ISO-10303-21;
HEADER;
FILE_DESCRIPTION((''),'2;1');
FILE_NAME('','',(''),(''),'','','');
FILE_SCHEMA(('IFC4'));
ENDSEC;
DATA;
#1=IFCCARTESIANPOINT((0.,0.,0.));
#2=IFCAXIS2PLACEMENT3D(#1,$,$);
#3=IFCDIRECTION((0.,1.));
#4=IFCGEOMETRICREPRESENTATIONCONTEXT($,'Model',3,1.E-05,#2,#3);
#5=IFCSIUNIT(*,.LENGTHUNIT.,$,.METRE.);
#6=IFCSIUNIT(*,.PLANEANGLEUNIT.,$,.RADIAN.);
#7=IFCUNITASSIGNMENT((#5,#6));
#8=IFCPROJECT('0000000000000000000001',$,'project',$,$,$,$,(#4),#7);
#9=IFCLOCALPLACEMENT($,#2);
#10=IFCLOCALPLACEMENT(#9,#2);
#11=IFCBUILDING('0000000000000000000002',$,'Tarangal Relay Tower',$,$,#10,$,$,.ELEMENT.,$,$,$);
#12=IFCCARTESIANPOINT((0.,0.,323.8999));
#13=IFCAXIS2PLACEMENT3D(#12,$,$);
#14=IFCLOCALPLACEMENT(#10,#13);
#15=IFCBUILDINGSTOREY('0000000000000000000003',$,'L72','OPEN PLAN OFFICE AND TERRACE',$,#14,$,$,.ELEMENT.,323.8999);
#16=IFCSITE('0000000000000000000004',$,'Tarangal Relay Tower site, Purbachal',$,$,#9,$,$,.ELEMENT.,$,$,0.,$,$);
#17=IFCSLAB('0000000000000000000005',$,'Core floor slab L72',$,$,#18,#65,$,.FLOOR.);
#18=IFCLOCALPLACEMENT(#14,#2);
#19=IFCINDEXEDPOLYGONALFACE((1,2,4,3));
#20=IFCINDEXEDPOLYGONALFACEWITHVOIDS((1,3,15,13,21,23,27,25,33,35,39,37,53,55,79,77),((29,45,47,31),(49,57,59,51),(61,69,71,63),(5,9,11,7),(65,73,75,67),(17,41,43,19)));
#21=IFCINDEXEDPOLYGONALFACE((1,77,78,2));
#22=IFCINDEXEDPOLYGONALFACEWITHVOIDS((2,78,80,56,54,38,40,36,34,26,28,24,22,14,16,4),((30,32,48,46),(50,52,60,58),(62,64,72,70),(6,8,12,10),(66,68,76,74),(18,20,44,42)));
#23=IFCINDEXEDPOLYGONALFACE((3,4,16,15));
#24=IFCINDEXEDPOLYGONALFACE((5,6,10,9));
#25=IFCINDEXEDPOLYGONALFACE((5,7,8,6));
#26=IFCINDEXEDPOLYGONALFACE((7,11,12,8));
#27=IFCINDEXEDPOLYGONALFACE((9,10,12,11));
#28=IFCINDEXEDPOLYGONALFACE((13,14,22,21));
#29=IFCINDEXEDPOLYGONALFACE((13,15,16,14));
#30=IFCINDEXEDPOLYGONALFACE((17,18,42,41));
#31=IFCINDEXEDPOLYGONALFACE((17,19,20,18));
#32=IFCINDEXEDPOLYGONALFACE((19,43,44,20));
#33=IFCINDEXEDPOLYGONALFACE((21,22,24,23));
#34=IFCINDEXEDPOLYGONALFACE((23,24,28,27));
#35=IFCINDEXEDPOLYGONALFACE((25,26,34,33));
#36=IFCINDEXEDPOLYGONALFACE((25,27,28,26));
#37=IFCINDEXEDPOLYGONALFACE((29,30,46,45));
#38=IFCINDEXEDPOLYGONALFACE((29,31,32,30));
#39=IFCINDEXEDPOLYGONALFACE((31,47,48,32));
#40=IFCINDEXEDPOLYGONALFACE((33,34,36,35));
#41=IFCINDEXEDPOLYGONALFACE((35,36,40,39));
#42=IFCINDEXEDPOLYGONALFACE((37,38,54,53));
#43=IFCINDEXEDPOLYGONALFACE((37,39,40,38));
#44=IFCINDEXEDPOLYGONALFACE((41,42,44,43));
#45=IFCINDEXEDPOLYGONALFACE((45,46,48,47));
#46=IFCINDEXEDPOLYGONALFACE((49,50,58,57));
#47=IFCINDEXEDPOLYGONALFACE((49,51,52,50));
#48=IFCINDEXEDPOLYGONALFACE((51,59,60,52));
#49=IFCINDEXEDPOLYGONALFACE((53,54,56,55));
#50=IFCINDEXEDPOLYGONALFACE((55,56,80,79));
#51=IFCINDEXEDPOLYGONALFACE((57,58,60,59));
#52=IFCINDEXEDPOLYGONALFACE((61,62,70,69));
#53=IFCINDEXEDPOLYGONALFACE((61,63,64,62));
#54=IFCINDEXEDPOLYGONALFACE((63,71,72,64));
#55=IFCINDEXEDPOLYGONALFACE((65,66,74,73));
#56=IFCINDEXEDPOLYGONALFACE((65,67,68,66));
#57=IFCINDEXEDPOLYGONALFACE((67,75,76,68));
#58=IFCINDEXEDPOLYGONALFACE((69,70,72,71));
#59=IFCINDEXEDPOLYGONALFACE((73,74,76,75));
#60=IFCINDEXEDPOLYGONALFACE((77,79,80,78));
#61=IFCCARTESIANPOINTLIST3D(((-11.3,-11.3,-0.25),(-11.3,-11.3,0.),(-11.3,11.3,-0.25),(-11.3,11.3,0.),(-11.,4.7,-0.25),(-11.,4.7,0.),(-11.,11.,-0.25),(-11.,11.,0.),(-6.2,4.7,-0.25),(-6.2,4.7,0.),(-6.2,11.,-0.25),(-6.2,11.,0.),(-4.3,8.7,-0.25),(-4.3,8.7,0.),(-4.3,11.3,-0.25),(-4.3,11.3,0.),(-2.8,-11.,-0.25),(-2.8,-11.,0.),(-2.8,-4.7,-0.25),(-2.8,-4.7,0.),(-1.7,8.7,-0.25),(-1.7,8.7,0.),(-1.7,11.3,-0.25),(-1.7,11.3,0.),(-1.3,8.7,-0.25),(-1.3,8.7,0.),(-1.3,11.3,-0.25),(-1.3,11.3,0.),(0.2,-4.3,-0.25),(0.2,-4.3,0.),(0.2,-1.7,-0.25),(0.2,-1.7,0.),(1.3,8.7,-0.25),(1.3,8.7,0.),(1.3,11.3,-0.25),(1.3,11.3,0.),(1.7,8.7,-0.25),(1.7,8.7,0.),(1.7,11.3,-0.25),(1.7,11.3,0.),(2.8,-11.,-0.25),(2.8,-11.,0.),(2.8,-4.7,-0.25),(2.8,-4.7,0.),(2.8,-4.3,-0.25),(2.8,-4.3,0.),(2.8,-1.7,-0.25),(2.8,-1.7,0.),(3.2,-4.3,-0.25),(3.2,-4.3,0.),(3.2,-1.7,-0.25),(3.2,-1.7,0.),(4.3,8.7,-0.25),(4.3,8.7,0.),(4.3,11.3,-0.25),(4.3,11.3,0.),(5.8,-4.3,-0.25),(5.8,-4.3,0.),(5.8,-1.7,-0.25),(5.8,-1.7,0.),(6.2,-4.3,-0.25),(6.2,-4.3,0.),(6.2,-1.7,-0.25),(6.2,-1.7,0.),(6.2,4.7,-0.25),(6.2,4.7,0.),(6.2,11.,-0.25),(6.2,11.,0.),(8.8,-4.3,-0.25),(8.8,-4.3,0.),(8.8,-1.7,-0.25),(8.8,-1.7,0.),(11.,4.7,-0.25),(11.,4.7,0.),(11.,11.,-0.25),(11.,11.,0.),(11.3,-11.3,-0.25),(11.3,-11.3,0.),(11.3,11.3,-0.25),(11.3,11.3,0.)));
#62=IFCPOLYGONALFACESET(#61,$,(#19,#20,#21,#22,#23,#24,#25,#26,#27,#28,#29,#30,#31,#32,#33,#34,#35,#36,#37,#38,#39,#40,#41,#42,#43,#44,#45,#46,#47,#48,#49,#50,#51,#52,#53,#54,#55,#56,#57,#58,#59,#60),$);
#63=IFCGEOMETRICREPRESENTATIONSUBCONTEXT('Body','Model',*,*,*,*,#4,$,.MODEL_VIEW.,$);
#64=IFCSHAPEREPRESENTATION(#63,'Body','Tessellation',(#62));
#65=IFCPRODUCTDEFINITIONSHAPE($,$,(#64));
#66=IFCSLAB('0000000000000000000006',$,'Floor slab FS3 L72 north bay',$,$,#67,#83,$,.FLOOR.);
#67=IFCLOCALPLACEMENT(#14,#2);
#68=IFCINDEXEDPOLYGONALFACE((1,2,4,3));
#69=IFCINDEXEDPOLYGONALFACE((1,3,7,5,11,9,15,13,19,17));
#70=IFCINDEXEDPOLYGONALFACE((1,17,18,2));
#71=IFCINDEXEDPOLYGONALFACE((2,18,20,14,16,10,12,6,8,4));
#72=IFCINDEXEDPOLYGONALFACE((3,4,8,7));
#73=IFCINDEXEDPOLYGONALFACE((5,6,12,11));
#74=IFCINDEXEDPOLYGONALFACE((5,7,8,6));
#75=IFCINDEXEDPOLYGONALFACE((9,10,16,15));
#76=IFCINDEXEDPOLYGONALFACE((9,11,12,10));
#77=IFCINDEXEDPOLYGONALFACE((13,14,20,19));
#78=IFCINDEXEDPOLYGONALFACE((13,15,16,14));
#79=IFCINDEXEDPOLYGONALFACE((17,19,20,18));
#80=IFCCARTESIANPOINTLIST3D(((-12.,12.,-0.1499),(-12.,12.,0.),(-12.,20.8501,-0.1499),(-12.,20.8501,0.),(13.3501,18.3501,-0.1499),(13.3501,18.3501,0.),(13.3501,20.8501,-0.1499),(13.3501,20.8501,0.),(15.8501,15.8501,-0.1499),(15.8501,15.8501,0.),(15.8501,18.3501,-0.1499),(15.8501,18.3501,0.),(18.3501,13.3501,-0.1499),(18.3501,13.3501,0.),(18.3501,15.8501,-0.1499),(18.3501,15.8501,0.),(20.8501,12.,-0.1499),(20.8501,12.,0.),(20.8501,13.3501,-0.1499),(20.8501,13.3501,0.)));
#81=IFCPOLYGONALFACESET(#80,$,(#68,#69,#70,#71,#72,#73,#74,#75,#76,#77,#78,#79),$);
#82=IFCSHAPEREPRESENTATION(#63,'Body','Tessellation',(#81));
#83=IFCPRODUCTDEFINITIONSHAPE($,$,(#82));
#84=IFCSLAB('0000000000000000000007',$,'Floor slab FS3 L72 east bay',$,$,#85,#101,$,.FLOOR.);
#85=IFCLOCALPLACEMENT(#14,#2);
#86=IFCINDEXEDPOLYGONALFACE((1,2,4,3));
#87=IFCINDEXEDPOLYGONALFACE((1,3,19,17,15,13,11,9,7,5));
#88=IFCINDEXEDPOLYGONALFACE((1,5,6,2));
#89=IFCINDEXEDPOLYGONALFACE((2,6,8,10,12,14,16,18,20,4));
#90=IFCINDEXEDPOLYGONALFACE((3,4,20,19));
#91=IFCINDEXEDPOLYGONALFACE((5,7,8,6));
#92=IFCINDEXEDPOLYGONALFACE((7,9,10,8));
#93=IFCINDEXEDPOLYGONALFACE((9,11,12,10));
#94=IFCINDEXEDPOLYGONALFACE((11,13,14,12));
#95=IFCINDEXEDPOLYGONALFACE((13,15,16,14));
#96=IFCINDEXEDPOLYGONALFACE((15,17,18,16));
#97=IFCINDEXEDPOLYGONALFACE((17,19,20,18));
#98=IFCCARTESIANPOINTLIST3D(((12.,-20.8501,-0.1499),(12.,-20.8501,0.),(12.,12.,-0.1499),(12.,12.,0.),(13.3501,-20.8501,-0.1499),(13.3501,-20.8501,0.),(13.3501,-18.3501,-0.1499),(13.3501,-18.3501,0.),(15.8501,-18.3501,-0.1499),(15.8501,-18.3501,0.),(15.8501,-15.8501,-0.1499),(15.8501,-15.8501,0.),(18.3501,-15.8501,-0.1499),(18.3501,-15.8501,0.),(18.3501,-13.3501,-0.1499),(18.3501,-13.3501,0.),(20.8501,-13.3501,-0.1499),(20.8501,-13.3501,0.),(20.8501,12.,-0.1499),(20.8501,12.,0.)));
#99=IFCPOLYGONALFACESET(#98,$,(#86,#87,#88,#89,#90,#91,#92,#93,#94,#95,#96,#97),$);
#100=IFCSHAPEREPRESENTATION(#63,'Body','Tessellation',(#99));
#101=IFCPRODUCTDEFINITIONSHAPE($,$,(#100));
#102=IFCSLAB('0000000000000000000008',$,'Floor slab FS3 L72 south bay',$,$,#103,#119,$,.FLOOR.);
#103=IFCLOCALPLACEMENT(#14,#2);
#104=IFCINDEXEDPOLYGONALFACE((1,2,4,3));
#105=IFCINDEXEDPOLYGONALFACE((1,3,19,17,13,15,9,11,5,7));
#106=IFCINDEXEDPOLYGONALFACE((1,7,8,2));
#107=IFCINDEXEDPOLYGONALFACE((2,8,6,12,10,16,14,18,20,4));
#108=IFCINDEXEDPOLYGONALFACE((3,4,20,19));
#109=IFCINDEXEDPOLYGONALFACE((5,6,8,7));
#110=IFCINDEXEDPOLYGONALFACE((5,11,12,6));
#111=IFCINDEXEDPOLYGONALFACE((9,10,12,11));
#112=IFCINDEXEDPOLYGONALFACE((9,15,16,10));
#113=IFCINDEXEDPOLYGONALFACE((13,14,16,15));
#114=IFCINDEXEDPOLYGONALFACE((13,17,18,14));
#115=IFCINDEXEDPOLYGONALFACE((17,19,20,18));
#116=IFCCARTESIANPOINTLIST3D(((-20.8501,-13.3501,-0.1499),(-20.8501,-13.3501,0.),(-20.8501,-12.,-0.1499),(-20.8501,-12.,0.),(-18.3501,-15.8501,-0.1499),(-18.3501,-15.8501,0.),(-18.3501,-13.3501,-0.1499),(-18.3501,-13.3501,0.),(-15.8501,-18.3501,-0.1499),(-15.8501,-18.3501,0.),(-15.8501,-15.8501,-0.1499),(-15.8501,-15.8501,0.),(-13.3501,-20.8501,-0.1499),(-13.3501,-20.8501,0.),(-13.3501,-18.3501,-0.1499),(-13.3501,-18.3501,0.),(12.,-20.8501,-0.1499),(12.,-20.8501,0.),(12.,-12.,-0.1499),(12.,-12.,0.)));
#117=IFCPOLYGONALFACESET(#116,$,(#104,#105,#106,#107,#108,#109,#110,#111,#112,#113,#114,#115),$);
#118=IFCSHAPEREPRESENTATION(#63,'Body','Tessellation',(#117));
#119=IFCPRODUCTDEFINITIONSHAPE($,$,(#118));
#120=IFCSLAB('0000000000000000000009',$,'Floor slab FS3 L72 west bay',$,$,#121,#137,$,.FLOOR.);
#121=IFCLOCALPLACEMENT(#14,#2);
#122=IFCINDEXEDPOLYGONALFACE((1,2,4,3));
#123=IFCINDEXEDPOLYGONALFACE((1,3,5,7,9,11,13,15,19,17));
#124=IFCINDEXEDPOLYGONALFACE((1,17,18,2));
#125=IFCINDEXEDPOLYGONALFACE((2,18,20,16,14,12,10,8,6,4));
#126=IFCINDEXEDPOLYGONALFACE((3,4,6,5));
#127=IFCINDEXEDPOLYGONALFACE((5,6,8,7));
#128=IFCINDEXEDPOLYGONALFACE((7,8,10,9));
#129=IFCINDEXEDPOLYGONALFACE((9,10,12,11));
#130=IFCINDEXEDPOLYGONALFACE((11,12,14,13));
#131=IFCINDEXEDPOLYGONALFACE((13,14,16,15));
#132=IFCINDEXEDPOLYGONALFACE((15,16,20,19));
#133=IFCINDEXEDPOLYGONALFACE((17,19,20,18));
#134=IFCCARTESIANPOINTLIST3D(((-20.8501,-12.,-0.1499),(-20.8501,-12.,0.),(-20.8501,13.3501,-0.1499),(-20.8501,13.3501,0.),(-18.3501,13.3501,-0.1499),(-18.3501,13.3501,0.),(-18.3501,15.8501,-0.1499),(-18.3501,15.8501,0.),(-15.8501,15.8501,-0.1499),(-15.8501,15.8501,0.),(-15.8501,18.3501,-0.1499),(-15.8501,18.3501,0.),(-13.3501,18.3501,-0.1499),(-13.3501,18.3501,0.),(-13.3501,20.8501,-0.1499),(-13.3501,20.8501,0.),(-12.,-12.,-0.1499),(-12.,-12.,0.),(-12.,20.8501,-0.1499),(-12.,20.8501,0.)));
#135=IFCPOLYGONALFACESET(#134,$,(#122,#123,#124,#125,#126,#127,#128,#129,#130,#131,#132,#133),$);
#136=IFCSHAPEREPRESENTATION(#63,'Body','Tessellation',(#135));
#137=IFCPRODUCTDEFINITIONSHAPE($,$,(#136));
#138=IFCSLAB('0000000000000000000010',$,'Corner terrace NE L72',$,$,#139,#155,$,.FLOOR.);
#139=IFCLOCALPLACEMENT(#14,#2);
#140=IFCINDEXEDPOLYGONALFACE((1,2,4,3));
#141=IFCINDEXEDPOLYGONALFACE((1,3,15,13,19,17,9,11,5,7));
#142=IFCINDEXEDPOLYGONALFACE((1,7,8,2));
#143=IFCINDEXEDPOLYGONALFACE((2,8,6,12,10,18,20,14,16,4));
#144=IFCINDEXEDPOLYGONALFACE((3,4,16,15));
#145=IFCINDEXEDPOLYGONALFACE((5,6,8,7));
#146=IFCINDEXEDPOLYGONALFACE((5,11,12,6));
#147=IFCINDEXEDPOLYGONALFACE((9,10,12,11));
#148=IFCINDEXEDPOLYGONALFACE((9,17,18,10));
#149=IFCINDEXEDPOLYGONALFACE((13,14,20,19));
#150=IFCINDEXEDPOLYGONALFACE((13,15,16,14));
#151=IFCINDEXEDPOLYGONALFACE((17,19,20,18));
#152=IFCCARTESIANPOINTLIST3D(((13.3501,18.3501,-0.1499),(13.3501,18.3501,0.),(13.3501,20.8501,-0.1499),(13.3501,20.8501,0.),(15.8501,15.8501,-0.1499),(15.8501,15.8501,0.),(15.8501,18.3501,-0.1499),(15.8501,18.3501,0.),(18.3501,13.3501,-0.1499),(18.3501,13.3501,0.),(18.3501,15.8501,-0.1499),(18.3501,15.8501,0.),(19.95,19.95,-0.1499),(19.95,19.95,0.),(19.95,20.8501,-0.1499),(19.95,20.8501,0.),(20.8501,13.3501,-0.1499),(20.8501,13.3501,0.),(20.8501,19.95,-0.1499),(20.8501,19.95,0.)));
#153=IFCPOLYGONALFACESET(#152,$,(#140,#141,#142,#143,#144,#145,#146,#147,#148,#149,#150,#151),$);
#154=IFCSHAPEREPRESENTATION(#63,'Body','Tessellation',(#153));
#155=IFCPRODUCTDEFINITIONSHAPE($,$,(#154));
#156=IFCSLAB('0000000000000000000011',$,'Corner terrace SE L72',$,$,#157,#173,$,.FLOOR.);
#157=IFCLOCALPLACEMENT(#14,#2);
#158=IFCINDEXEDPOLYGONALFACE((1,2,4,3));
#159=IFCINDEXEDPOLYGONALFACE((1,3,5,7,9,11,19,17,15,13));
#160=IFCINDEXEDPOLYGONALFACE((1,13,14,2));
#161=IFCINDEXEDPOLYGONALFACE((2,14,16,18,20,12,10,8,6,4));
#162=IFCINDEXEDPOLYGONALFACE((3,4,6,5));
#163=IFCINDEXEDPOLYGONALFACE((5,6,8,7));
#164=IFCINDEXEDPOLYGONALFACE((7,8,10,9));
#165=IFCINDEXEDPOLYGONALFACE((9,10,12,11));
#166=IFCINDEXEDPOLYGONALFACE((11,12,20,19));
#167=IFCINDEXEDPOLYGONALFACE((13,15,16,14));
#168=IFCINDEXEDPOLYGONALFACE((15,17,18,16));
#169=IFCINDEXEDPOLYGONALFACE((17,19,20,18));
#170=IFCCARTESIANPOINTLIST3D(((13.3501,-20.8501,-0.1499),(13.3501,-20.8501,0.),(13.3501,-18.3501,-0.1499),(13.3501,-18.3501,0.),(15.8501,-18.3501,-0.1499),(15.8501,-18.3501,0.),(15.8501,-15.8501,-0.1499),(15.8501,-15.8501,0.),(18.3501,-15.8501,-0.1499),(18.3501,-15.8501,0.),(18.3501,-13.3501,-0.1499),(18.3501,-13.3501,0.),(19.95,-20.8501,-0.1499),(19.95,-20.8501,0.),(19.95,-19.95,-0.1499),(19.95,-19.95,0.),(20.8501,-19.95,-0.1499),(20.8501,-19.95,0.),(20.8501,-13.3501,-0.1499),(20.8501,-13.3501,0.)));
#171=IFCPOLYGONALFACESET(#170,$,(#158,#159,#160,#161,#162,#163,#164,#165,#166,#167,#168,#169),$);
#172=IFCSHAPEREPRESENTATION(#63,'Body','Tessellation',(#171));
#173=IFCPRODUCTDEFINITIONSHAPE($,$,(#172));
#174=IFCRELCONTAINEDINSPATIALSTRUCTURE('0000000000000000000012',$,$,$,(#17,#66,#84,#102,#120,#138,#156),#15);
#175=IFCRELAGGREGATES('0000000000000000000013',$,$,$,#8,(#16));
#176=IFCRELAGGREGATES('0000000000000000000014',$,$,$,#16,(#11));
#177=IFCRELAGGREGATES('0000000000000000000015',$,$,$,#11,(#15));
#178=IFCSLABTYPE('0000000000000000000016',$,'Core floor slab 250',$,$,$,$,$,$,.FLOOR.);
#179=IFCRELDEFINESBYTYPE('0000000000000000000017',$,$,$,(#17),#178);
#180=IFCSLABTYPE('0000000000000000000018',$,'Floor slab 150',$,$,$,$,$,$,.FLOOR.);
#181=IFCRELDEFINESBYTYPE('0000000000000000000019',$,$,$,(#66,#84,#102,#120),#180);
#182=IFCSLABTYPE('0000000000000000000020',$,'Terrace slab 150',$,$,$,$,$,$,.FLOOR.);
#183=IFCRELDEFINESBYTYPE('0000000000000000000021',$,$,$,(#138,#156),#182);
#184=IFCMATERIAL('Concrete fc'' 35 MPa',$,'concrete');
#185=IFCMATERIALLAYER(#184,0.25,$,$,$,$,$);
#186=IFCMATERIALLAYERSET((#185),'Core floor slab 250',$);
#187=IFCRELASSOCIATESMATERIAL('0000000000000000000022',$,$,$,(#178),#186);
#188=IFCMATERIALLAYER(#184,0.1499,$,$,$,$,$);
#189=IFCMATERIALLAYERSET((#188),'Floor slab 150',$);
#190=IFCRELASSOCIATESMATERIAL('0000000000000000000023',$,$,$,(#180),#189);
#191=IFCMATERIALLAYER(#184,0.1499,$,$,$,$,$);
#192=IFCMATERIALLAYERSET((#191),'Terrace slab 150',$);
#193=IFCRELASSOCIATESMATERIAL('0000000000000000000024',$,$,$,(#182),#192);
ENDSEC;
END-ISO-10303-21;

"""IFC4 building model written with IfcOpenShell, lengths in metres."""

from ifc_helpers import new_model, si_unit, direction, frame, origin, place, context, subcontext, project, spatial, polyline, outline, extrude, material, layer, layer_set, type_object, element, save


model = new_model("IFC4")

# Units and contexts
model_context = context("Model", 3, precision=1e-05, world=origin(), true_north=direction((0.0, 1.0)))
body_context = subcontext(model_context, "Body", "Model", "MODEL_VIEW")
ifc_project = project(units=[si_unit("LENGTHUNIT", "METRE"), si_unit("PLANEANGLEUNIT", "RADIAN")], contexts=[model_context])

# Site, building, storey
site_placement = place(None, origin())
site = spatial("IfcSite", under=ifc_project, at=site_placement, Name="Tarangal Relay Tower site, Purbachal", CompositionType="ELEMENT", RefElevation=0.0)
building_placement = place(site_placement, origin())
building = spatial("IfcBuilding", under=site, at=building_placement, Name="Tarangal Relay Tower", CompositionType="ELEMENT")
storey_placement = place(building_placement, frame((0.0, 0.0, 323.8999)))
storey = spatial("IfcBuildingStorey", under=building, at=storey_placement, Name="L72", Description="OPEN PLAN OFFICE AND TERRACE", CompositionType="ELEMENT", Elevation=323.8999)

# Slabs
ifc_material_1 = material(Name="Concrete fc' 35 MPa", Category="concrete")
ifc_layer_1 = layer(ifc_material_1, 0.25)
ifc_layer_set_1 = layer_set([ifc_layer_1], Name="Core floor slab 250")
slab_type_1 = type_object("IfcSlabType", Name="Core floor slab 250", PredefinedType="FLOOR", material=ifc_layer_set_1)
slab_1_placement = place(storey_placement, frame((0.0, 0.0, -0.25)))
element("IfcSlab", 1, at=slab_1_placement, inside=storey, type_object=slab_type_1, Name="Core floor slab L72", PredefinedType="FLOOR", context=body_context, shape_type="SweptSolid", body=[
    extrude(outline(polyline([(11.3, 11.3), (11.3, -11.3), (-11.3, -11.3), (-11.3, 11.3), (-4.3, 11.3), (-4.3, 8.7), (-1.7, 8.7), (-1.7, 11.3), (-1.3, 11.3), (-1.3, 8.7), (1.3, 8.7), (1.3, 11.3), (1.7, 11.3), (1.7, 8.7), (4.3, 8.7), (4.3, 11.3), (11.3, 11.3)]), holes=[polyline([(2.8, -4.7), (-2.8, -4.7), (-2.8, -11.0), (2.8, -11.0), (2.8, -4.7)]), polyline([(2.8, -1.7), (0.2, -1.7), (0.2, -4.3), (2.8, -4.3), (2.8, -1.7)]), polyline([(5.8, -1.7), (3.2, -1.7), (3.2, -4.3), (5.8, -4.3), (5.8, -1.7)]), polyline([(8.8, -1.7), (6.2, -1.7), (6.2, -4.3), (8.8, -4.3), (8.8, -1.7)]), polyline([(-6.2, 11.0), (-11.0, 11.0), (-11.0, 4.7), (-6.2, 4.7), (-6.2, 11.0)]), polyline([(11.0, 11.0), (6.2, 11.0), (6.2, 4.7), (11.0, 4.7), (11.0, 11.0)])]), origin(), (0.0, 0.0, 1.0), 0.25),
])
ifc_layer_2 = layer(ifc_material_1, 0.1499)
ifc_layer_set_2 = layer_set([ifc_layer_2], Name="Floor slab 150")
slab_type_2 = type_object("IfcSlabType", Name="Floor slab 150", PredefinedType="FLOOR", material=ifc_layer_set_2)
slab_2_placement = place(storey_placement, frame((0.0, 0.0, -0.1499)))
element("IfcSlab", 2, at=slab_2_placement, inside=storey, type_object=slab_type_2, Name="Floor slab FS3 L72 north bay", PredefinedType="FLOOR", context=body_context, shape_type="SweptSolid", body=[
    extrude(outline(polyline([(13.3501, 20.8501), (13.3501, 18.3501), (15.8501, 18.3501), (15.8501, 15.8501), (18.3501, 15.8501), (18.3501, 13.3501), (20.8501, 13.3501), (20.8501, 12.0), (-12.0, 12.0), (-12.0, 20.8501), (13.3501, 20.8501)])), origin(), (0.0, 0.0, 1.0), 0.1499),
])
slab_3_placement = place(storey_placement, frame((0.0, 0.0, -0.1499)))
element("IfcSlab", 3, at=slab_3_placement, inside=storey, type_object=slab_type_2, Name="Floor slab FS3 L72 east bay", PredefinedType="FLOOR", context=body_context, shape_type="SweptSolid", body=[
    extrude(outline(polyline([(20.8501, -13.3501), (18.3501, -13.3501), (18.3501, -15.8501), (15.8501, -15.8501), (15.8501, -18.3501), (13.3501, -18.3501), (13.3501, -20.8501), (12.0, -20.8501), (12.0, 12.0), (20.8501, 12.0), (20.8501, -13.3501)])), origin(), (0.0, 0.0, 1.0), 0.1499),
])
slab_4_placement = place(storey_placement, frame((0.0, 0.0, -0.1499)))
element("IfcSlab", 4, at=slab_4_placement, inside=storey, type_object=slab_type_2, Name="Floor slab FS3 L72 south bay", PredefinedType="FLOOR", context=body_context, shape_type="SweptSolid", body=[
    extrude(outline(polyline([(-13.3501, -20.8501), (-13.3501, -18.3501), (-15.8501, -18.3501), (-15.8501, -15.8501), (-18.3501, -15.8501), (-18.3501, -13.3501), (-20.8501, -13.3501), (-20.8501, -12.0), (12.0, -12.0), (12.0, -20.8501), (-13.3501, -20.8501)])), origin(), (0.0, 0.0, 1.0), 0.1499),
])
slab_5_placement = place(storey_placement, frame((0.0, 0.0, -0.1499)))
element("IfcSlab", 5, at=slab_5_placement, inside=storey, type_object=slab_type_2, Name="Floor slab FS3 L72 west bay", PredefinedType="FLOOR", context=body_context, shape_type="SweptSolid", body=[
    extrude(outline(polyline([(-12.0, 20.8501), (-12.0, -12.0), (-20.8501, -12.0), (-20.8501, 13.3501), (-18.3501, 13.3501), (-18.3501, 15.8501), (-15.8501, 15.8501), (-15.8501, 18.3501), (-13.3501, 18.3501), (-13.3501, 20.8501), (-12.0, 20.8501)])), origin(), (0.0, 0.0, 1.0), 0.1499),
])
ifc_layer_3 = layer(ifc_material_1, 0.1499)
ifc_layer_set_3 = layer_set([ifc_layer_3], Name="Terrace slab 150")
slab_type_3 = type_object("IfcSlabType", Name="Terrace slab 150", PredefinedType="FLOOR", material=ifc_layer_set_3)
slab_6_placement = place(storey_placement, frame((0.0, 0.0, -0.1499)))
element("IfcSlab", 6, at=slab_6_placement, inside=storey, type_object=slab_type_3, Name="Corner terrace NE L72", PredefinedType="FLOOR", context=body_context, shape_type="SweptSolid", body=[
    extrude(outline(polyline([(13.3501, 20.8501), (13.3501, 18.3501), (15.8501, 18.3501), (15.8501, 15.8501), (18.3501, 15.8501), (18.3501, 13.3501), (20.8501, 13.3501), (20.8501, 19.95), (19.95, 19.95), (19.95, 20.8501), (13.3501, 20.8501)])), origin(), (0.0, 0.0, 1.0), 0.1499),
])
slab_7_placement = place(storey_placement, frame((0.0, 0.0, -0.1499)))
element("IfcSlab", 7, at=slab_7_placement, inside=storey, type_object=slab_type_3, Name="Corner terrace SE L72", PredefinedType="FLOOR", context=body_context, shape_type="SweptSolid", body=[
    extrude(outline(polyline([(20.8501, -13.3501), (18.3501, -13.3501), (18.3501, -15.8501), (15.8501, -15.8501), (15.8501, -18.3501), (13.3501, -18.3501), (13.3501, -20.8501), (19.95, -20.8501), (19.95, -19.95), (20.8501, -19.95), (20.8501, -13.3501)])), origin(), (0.0, 0.0, 1.0), 0.1499),
])

save(model, "model.ifc")
